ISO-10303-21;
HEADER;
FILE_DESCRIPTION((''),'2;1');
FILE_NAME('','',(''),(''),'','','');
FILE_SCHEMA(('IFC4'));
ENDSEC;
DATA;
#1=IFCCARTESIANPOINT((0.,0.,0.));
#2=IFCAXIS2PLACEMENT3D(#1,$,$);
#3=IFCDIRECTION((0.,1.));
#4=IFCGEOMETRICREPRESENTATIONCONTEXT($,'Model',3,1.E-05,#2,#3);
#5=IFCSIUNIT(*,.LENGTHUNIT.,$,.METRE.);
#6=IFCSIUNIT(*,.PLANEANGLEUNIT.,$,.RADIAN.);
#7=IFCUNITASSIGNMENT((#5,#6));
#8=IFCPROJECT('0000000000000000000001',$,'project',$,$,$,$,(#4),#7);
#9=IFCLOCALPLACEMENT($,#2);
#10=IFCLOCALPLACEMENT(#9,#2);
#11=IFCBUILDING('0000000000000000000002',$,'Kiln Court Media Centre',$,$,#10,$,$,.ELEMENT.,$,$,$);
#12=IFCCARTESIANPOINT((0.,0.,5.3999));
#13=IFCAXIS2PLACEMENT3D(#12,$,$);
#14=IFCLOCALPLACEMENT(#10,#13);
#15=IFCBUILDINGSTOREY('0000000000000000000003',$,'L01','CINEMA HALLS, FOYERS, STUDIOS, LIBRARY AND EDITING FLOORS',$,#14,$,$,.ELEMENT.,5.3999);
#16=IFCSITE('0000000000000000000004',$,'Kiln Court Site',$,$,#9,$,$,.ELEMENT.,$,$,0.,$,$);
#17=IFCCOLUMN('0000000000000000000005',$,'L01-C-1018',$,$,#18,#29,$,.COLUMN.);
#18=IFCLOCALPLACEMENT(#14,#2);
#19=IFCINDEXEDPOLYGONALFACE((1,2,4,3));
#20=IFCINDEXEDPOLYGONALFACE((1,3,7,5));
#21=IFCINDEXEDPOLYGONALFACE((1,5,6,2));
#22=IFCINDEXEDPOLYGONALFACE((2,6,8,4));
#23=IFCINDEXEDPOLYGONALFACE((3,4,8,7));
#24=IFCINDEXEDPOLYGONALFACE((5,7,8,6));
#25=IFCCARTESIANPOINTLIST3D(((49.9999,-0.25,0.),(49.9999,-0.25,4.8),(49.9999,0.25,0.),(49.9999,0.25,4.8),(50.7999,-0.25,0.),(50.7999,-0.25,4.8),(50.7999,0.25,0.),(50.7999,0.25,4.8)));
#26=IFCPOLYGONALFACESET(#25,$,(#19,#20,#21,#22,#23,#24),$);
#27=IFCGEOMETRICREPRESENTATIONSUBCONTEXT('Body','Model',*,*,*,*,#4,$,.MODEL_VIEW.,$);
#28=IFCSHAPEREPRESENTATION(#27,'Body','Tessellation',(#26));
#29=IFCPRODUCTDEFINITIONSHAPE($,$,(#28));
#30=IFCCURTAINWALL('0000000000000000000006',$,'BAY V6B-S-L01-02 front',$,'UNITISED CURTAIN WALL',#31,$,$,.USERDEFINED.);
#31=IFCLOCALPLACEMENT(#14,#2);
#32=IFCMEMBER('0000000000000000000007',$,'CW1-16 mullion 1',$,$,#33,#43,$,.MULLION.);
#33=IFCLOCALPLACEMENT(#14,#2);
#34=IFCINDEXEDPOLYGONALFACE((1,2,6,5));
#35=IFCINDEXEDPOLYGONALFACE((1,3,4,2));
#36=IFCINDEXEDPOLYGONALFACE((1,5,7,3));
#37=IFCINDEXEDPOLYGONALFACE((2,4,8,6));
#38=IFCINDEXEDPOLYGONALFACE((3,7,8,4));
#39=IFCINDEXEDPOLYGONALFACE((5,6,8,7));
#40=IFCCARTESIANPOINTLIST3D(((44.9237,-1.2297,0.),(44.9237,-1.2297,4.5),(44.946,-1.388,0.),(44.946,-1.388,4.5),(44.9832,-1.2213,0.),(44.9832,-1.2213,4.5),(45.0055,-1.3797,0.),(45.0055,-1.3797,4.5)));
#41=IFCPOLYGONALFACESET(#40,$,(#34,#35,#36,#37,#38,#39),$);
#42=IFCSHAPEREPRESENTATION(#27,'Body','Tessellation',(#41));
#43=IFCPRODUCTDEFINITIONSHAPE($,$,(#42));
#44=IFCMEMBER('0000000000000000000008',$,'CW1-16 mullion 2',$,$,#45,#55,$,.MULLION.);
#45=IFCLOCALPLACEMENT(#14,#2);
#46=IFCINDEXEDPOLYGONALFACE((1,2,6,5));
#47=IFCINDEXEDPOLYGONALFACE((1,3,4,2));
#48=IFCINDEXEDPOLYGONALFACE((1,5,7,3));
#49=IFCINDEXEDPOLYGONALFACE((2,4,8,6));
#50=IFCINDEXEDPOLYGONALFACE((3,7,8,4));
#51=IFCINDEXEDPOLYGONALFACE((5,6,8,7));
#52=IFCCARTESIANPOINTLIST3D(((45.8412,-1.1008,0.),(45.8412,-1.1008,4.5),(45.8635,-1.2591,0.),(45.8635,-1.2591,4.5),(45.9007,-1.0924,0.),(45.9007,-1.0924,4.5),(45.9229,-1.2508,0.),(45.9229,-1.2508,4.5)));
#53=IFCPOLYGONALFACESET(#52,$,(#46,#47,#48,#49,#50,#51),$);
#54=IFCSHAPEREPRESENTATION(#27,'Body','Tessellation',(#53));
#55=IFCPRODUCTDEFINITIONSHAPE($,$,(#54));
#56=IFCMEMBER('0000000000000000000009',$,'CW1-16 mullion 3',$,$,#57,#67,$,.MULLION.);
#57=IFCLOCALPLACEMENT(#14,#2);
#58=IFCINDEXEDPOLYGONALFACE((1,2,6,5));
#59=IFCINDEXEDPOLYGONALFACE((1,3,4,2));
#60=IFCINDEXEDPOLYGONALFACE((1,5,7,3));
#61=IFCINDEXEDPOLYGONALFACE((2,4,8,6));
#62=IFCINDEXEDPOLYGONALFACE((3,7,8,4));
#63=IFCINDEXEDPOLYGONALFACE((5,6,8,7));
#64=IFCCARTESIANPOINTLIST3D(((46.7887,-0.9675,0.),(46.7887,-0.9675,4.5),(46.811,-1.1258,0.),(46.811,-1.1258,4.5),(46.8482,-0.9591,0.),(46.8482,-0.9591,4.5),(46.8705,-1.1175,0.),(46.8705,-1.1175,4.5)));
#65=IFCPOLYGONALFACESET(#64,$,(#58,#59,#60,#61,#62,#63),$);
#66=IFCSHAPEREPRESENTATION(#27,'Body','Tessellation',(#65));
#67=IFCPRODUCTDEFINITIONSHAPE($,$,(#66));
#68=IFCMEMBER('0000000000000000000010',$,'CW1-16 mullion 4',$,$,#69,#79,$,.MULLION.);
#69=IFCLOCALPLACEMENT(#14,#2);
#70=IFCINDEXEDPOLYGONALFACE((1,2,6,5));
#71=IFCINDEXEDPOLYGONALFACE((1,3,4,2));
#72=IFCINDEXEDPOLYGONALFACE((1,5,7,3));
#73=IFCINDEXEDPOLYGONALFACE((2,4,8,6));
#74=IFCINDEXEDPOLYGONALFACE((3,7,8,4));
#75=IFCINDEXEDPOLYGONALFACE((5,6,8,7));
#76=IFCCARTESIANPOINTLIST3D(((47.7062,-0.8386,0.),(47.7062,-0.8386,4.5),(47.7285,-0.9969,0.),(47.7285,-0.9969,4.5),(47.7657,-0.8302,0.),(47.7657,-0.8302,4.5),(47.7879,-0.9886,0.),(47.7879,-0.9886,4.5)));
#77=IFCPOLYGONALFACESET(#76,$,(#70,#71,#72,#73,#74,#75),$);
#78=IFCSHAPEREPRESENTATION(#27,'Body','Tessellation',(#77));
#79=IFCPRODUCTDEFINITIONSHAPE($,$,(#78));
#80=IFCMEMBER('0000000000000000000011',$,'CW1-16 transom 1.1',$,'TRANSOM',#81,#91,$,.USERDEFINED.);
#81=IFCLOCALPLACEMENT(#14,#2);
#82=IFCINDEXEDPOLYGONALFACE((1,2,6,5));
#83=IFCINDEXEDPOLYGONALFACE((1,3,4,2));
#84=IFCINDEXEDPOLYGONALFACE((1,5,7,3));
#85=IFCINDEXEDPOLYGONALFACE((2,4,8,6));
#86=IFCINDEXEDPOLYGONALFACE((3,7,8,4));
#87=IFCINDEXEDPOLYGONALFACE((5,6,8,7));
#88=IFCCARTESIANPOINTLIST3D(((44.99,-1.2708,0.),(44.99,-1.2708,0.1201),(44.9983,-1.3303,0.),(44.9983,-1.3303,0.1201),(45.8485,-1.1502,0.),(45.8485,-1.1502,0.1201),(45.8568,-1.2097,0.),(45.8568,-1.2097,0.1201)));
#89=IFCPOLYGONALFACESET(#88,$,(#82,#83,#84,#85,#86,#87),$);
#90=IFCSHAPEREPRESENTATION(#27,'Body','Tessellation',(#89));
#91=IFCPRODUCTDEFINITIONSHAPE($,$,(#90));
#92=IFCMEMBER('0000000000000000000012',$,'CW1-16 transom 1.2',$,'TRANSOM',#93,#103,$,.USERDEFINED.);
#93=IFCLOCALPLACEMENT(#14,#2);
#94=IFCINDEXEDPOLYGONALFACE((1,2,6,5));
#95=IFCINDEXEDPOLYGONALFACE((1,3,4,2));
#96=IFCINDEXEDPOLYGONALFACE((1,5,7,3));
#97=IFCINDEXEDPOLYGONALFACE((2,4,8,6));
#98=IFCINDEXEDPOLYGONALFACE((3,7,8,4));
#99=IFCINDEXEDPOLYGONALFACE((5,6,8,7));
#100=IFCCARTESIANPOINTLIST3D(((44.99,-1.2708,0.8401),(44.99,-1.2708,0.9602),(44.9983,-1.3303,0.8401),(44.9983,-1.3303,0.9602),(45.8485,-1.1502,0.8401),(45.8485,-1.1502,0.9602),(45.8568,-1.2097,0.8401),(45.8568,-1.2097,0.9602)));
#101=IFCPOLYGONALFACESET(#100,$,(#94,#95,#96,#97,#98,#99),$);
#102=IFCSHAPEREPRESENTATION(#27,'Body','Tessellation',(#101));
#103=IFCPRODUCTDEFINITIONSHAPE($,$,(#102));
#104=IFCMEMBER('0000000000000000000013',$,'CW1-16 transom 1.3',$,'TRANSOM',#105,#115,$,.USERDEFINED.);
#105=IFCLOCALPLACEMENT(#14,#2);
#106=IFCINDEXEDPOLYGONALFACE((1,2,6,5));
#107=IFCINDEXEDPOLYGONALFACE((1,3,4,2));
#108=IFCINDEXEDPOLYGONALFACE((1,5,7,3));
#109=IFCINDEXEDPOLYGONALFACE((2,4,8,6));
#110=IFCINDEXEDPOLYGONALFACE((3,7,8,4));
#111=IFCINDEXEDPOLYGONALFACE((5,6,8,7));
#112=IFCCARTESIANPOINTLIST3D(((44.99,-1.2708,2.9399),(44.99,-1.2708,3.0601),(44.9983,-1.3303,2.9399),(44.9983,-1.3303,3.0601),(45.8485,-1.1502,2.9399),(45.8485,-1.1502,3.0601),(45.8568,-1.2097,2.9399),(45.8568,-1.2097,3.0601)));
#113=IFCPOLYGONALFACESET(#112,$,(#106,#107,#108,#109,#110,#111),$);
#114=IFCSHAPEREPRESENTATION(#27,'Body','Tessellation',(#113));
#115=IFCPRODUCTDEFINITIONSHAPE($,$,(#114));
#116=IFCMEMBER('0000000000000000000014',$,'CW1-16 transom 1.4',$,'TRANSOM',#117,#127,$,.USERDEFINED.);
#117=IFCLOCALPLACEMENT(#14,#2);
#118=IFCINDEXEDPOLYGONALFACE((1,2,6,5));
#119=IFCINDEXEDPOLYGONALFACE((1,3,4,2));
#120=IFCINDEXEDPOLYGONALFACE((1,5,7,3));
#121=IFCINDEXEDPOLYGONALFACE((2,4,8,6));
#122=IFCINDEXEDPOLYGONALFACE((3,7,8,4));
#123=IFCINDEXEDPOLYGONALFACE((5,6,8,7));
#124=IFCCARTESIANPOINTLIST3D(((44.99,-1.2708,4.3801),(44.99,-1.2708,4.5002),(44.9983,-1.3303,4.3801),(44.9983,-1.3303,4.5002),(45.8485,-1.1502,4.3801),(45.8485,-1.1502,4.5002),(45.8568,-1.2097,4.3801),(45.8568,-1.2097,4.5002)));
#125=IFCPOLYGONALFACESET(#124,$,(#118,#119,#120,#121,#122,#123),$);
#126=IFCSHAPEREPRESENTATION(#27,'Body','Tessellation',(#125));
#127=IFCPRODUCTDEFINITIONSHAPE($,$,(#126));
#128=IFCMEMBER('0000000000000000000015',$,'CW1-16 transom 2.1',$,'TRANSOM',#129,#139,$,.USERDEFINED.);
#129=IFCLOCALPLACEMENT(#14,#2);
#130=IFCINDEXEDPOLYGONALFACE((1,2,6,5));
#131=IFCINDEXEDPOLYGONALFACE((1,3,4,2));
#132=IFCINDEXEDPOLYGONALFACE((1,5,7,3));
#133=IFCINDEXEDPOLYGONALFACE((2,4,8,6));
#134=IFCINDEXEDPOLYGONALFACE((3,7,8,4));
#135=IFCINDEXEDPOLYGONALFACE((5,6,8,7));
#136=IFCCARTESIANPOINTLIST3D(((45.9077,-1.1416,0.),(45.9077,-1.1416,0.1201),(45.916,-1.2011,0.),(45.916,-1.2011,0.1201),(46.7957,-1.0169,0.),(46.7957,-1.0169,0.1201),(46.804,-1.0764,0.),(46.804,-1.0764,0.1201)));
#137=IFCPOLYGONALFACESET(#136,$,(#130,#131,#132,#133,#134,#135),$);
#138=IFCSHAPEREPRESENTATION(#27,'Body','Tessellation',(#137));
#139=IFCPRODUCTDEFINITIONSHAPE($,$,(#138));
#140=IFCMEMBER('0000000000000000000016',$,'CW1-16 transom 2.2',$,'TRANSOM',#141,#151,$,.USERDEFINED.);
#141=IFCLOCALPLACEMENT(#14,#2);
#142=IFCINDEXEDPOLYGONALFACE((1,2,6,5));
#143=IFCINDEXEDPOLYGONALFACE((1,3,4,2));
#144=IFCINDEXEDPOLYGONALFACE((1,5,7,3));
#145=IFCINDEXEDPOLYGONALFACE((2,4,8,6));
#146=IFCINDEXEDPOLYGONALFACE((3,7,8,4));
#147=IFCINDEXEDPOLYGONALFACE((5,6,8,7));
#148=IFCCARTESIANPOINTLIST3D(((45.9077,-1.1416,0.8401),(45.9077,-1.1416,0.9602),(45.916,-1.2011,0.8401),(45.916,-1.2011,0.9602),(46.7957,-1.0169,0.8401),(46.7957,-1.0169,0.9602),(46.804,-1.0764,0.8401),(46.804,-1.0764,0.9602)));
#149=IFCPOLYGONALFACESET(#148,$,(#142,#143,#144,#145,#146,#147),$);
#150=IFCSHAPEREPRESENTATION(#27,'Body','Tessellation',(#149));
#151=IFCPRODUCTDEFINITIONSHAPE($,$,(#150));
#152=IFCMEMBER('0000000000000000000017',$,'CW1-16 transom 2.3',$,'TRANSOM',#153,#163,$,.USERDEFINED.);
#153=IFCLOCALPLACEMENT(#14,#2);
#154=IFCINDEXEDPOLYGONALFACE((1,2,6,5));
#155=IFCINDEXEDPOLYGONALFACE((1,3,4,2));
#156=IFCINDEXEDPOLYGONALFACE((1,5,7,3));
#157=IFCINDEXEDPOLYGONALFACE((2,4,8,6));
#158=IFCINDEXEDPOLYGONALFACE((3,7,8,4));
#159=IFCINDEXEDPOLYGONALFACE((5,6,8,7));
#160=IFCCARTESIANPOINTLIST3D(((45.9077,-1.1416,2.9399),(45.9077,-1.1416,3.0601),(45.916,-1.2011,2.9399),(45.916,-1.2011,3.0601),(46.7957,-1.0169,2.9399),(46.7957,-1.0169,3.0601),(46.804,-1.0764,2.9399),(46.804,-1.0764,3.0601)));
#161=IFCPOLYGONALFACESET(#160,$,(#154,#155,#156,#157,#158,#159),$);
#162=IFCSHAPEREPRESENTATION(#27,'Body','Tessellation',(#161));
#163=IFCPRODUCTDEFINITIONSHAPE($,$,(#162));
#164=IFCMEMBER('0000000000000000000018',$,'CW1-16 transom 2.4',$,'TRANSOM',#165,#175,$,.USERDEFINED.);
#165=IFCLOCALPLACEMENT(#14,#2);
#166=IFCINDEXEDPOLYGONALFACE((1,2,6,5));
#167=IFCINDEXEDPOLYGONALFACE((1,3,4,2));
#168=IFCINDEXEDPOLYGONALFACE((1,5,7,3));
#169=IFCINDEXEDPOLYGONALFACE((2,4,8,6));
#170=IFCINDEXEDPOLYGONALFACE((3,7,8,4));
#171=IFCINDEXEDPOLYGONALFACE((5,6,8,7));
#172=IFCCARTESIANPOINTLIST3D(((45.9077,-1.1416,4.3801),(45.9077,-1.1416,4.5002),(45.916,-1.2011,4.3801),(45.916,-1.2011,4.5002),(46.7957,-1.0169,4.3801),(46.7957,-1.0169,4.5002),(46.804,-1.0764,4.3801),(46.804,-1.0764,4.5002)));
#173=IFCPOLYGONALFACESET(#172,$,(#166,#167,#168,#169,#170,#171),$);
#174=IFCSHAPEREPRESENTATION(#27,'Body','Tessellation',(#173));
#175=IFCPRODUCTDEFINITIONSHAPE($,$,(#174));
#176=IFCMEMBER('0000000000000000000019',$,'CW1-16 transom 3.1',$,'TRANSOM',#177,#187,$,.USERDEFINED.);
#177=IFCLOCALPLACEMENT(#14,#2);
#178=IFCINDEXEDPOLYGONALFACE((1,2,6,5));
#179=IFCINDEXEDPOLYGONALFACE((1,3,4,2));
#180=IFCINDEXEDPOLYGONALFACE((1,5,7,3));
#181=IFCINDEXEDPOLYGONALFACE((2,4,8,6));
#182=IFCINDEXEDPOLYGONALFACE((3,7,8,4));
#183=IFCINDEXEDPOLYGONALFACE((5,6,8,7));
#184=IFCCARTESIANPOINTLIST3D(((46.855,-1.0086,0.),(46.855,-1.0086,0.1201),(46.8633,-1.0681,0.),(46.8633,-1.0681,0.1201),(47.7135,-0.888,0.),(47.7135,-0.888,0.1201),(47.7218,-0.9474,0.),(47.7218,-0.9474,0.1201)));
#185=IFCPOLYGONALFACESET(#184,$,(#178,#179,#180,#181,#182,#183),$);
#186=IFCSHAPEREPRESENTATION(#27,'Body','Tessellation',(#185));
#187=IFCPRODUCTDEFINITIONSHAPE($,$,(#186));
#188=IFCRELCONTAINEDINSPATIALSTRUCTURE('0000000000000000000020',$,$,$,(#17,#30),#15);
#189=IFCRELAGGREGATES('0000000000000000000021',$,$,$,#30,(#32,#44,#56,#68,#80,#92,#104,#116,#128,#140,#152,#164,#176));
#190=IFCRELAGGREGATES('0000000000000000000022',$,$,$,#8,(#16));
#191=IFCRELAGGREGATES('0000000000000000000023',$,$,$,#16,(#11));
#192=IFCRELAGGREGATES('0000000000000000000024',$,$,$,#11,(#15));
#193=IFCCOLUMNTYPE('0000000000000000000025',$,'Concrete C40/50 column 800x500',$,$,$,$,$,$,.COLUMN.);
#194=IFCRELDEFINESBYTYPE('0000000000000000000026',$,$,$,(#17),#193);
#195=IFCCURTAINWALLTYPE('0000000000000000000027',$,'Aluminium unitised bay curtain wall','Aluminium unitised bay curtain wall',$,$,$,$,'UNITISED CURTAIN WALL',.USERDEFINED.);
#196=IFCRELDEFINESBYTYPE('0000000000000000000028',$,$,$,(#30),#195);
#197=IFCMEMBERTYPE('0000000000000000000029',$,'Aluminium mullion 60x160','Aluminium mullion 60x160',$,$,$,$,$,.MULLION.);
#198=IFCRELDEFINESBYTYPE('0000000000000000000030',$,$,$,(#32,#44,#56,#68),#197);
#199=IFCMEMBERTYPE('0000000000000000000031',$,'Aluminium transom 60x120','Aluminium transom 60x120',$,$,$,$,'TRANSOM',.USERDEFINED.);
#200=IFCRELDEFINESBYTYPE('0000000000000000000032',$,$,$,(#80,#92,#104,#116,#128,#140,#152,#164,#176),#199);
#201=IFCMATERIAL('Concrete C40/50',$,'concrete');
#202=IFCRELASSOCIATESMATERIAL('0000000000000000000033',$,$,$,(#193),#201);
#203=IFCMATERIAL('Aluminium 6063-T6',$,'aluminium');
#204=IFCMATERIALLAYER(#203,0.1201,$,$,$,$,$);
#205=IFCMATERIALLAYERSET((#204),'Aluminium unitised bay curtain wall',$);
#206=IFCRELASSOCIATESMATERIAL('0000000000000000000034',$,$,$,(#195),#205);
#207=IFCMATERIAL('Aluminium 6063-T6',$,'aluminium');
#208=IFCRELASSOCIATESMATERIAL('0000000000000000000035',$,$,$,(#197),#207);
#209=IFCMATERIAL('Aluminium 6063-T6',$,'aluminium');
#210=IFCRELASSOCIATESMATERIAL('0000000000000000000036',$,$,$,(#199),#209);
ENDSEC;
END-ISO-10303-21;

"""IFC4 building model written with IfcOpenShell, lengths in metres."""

from ifc_helpers import new_model, si_unit, direction, frame, origin, origin_2d, place, context, subcontext, project, spatial, rectangle, extrude, material, layer, layer_set, material_profile, profile_set, type_object, element, aggregate, save


model = new_model("IFC4")

# Units and contexts
model_context = context("Model", 3, precision=1e-05, world=origin(), true_north=direction((0.0, 1.0)))
body_context = subcontext(model_context, "Body", "Model", "MODEL_VIEW")
ifc_project = project(units=[si_unit("LENGTHUNIT", "METRE"), si_unit("PLANEANGLEUNIT", "RADIAN")], contexts=[model_context])

# Site, building, storey
site_placement = place(None, origin())
site = spatial("IfcSite", under=ifc_project, at=site_placement, Name="Kiln Court Site", CompositionType="ELEMENT", RefElevation=0.0)
building_placement = place(site_placement, origin())
building = spatial("IfcBuilding", under=site, at=building_placement, Name="Kiln Court Media Centre", CompositionType="ELEMENT")
storey_placement = place(building_placement, frame((0.0, 0.0, 5.3999)))
storey = spatial("IfcBuildingStorey", under=building, at=storey_placement, Name="L01", Description="CINEMA HALLS, FOYERS, STUDIOS, LIBRARY AND EDITING FLOORS", CompositionType="ELEMENT", Elevation=5.3999)

# Column
ifc_material_1 = material(Name="Concrete C40/50", Category="concrete")
ifc_material_profile_1 = material_profile(ifc_material_1, rectangle(XDim=0.8, YDim=0.5, at=origin_2d()), Name="RC 800x500")
ifc_profile_set_1 = profile_set([ifc_material_profile_1], Name="Concrete C40/50")
column_type = type_object("IfcColumnType", Name="Concrete C40/50 column 800x500", PredefinedType="COLUMN", material=ifc_profile_set_1)
column_placement = place(storey_placement, frame((50.3999, 0.0, 0.0), z_axis=(0.0, 0.0, 1.0), x_axis=(1.0, 0.0, 0.0)))
element("IfcColumn", 1, at=column_placement, inside=storey, type_object=column_type, Name="L01-C-1018", PredefinedType="COLUMN", context=body_context, shape_type="SweptSolid", body=[
    extrude(rectangle(XDim=0.8, YDim=0.5, at=origin_2d()), origin(), (0.0, 0.0, 1.0), 4.8),
])

# Curtain wall, members
ifc_material_2 = material(Name="Aluminium 6063-T6", Category="aluminium")
ifc_layer_1 = layer(ifc_material_2, 0.1201)
ifc_layer_set_1 = layer_set([ifc_layer_1], Name="Aluminium unitised bay curtain wall")
curtain_wall_type = type_object("IfcCurtainWallType", Name="Aluminium unitised bay curtain wall", Description="Aluminium unitised bay curtain wall", ElementType="UNITISED CURTAIN WALL", PredefinedType="USERDEFINED", material=ifc_layer_set_1)
curtain_wall_placement = place(storey_placement, origin())
curtain_wall = element("IfcCurtainWall", 2, at=curtain_wall_placement, inside=storey, type_object=curtain_wall_type, Name="BAY V6B-S-L01-02 front", ObjectType="UNITISED CURTAIN WALL", PredefinedType="USERDEFINED")
ifc_material_3 = material(Name="Aluminium 6063-T6", Category="aluminium")
ifc_material_profile_2 = material_profile(ifc_material_3, rectangle(XDim=0.0601, YDim=0.1599, at=origin_2d()), Name="Aluminium mullion 60x160")
ifc_profile_set_2 = profile_set([ifc_material_profile_2], Name="Aluminium 6063-T6")
member_type_1 = type_object("IfcMemberType", Name="Aluminium mullion 60x160", Description="Aluminium mullion 60x160", PredefinedType="MULLION", material=ifc_profile_set_2)
member_1_placement = place(storey_placement, frame((44.9646, -1.3047, 0.0), z_axis=(0.0, 0.0, 1.0), x_axis=(0.99027, 0.139162, 0.0)))
member_1 = element("IfcMember", 3, at=member_1_placement, type_object=member_type_1, Name="CW1-16 mullion 1", PredefinedType="MULLION", context=body_context, shape_type="SweptSolid", body=[
    extrude(rectangle(XDim=0.0601, YDim=0.1599, at=origin_2d()), origin(), (0.0, 0.0, 1.0), 4.5),
])
member_2_placement = place(storey_placement, frame((45.8821, -1.1758, 0.0), z_axis=(0.0, 0.0, 1.0), x_axis=(0.99027, 0.139162, 0.0)))
member_2 = element("IfcMember", 4, at=member_2_placement, type_object=member_type_1, Name="CW1-16 mullion 2", PredefinedType="MULLION", context=body_context, shape_type="SweptSolid", body=[
    extrude(rectangle(XDim=0.0601, YDim=0.1599, at=origin_2d()), origin(), (0.0, 0.0, 1.0), 4.5),
])
member_3_placement = place(storey_placement, frame((46.8296, -1.0425, 0.0), z_axis=(0.0, 0.0, 1.0), x_axis=(0.99027, 0.139162, 0.0)))
member_3 = element("IfcMember", 5, at=member_3_placement, type_object=member_type_1, Name="CW1-16 mullion 3", PredefinedType="MULLION", context=body_context, shape_type="SweptSolid", body=[
    extrude(rectangle(XDim=0.0601, YDim=0.1599, at=origin_2d()), origin(), (0.0, 0.0, 1.0), 4.5),
])
member_4_placement = place(storey_placement, frame((47.7471, -0.9136, 0.0), z_axis=(0.0, 0.0, 1.0), x_axis=(0.99027, 0.139162, 0.0)))
member_4 = element("IfcMember", 6, at=member_4_placement, type_object=member_type_1, Name="CW1-16 mullion 4", PredefinedType="MULLION", context=body_context, shape_type="SweptSolid", body=[
    extrude(rectangle(XDim=0.0601, YDim=0.1599, at=origin_2d()), origin(), (0.0, 0.0, 1.0), 4.5),
])
ifc_material_4 = material(Name="Aluminium 6063-T6", Category="aluminium")
ifc_material_profile_3 = material_profile(ifc_material_4, rectangle(XDim=0.0601, YDim=0.1201, at=origin_2d()), Name="Aluminium transom 60x120")
ifc_profile_set_3 = profile_set([ifc_material_profile_3], Name="Aluminium 6063-T6")
member_type_2 = type_object("IfcMemberType", Name="Aluminium transom 60x120", Description="Aluminium transom 60x120", ElementType="TRANSOM", PredefinedType="USERDEFINED", material=ifc_profile_set_3)
member_5_placement = place(storey_placement, frame((44.9941, -1.3005, 0.0601), z_axis=(0.990274, 0.139134, 0.0), x_axis=(-0.139134, 0.990274, 0.0)))
member_5 = element("IfcMember", 7, at=member_5_placement, type_object=member_type_2, Name="CW1-16 transom 1.1", ObjectType="TRANSOM", PredefinedType="USERDEFINED", context=body_context, shape_type="SweptSolid", body=[
    extrude(rectangle(XDim=0.0601, YDim=0.1201, at=origin_2d()), origin(), (0.0, 0.0, 1.0), 0.8669),
])
member_6_placement = place(storey_placement, frame((44.9941, -1.3005, 0.9001), z_axis=(0.990274, 0.139134, 0.0), x_axis=(-0.139134, 0.990274, 0.0)))
member_6 = element("IfcMember", 8, at=member_6_placement, type_object=member_type_2, Name="CW1-16 transom 1.2", ObjectType="TRANSOM", PredefinedType="USERDEFINED", context=body_context, shape_type="SweptSolid", body=[
    extrude(rectangle(XDim=0.0601, YDim=0.1201, at=origin_2d()), origin(), (0.0, 0.0, 1.0), 0.8669),
])
member_7_placement = place(storey_placement, frame((44.9941, -1.3005, 3.0), z_axis=(0.990274, 0.139134, 0.0), x_axis=(-0.139134, 0.990274, 0.0)))
member_7 = element("IfcMember", 9, at=member_7_placement, type_object=member_type_2, Name="CW1-16 transom 1.3", ObjectType="TRANSOM", PredefinedType="USERDEFINED", context=body_context, shape_type="SweptSolid", body=[
    extrude(rectangle(XDim=0.0601, YDim=0.1201, at=origin_2d()), origin(), (0.0, 0.0, 1.0), 0.8669),
])
member_8_placement = place(storey_placement, frame((44.9941, -1.3005, 4.4402), z_axis=(0.990274, 0.139134, 0.0), x_axis=(-0.139134, 0.990274, 0.0)))
member_8 = element("IfcMember", 10, at=member_8_placement, type_object=member_type_2, Name="CW1-16 transom 1.4", ObjectType="TRANSOM", PredefinedType="USERDEFINED", context=body_context, shape_type="SweptSolid", body=[
    extrude(rectangle(XDim=0.0601, YDim=0.1201, at=origin_2d()), origin(), (0.0, 0.0, 1.0), 0.8669),
])
member_9_placement = place(storey_placement, frame((45.9119, -1.1714, 0.0601), z_axis=(0.990274, 0.139134, 0.0), x_axis=(-0.139134, 0.990274, 0.0)))
member_9 = element("IfcMember", 11, at=member_9_placement, type_object=member_type_2, Name="CW1-16 transom 2.1", ObjectType="TRANSOM", PredefinedType="USERDEFINED", context=body_context, shape_type="SweptSolid", body=[
    extrude(rectangle(XDim=0.0601, YDim=0.1201, at=origin_2d()), origin(), (0.0, 0.0, 1.0), 0.8967),
])
member_10_placement = place(storey_placement, frame((45.9119, -1.1714, 0.9001), z_axis=(0.990274, 0.139134, 0.0), x_axis=(-0.139134, 0.990274, 0.0)))
member_10 = element("IfcMember", 12, at=member_10_placement, type_object=member_type_2, Name="CW1-16 transom 2.2", ObjectType="TRANSOM", PredefinedType="USERDEFINED", context=body_context, shape_type="SweptSolid", body=[
    extrude(rectangle(XDim=0.0601, YDim=0.1201, at=origin_2d()), origin(), (0.0, 0.0, 1.0), 0.8967),
])
member_11_placement = place(storey_placement, frame((45.9119, -1.1714, 3.0), z_axis=(0.990274, 0.139134, 0.0), x_axis=(-0.139134, 0.990274, 0.0)))
member_11 = element("IfcMember", 13, at=member_11_placement, type_object=member_type_2, Name="CW1-16 transom 2.3", ObjectType="TRANSOM", PredefinedType="USERDEFINED", context=body_context, shape_type="SweptSolid", body=[
    extrude(rectangle(XDim=0.0601, YDim=0.1201, at=origin_2d()), origin(), (0.0, 0.0, 1.0), 0.8967),
])
member_12_placement = place(storey_placement, frame((45.9119, -1.1714, 4.4402), z_axis=(0.990274, 0.139134, 0.0), x_axis=(-0.139134, 0.990274, 0.0)))
member_12 = element("IfcMember", 14, at=member_12_placement, type_object=member_type_2, Name="CW1-16 transom 2.4", ObjectType="TRANSOM", PredefinedType="USERDEFINED", context=body_context, shape_type="SweptSolid", body=[
    extrude(rectangle(XDim=0.0601, YDim=0.1201, at=origin_2d()), origin(), (0.0, 0.0, 1.0), 0.8967),
])
member_13_placement = place(storey_placement, frame((46.8591, -1.0383, 0.0601), z_axis=(0.990274, 0.139134, 0.0), x_axis=(-0.139134, 0.990274, 0.0)))
member_13 = element("IfcMember", 15, at=member_13_placement, type_object=member_type_2, Name="CW1-16 transom 3.1", ObjectType="TRANSOM", PredefinedType="USERDEFINED", context=body_context, shape_type="SweptSolid", body=[
    extrude(rectangle(XDim=0.0601, YDim=0.1201, at=origin_2d()), origin(), (0.0, 0.0, 1.0), 0.8669),
])

aggregate(curtain_wall, [member_1, member_2, member_3, member_4, member_5, member_6, member_7, member_8, member_9, member_10, member_11, member_12, member_13])

save(model, "model.ifc")
